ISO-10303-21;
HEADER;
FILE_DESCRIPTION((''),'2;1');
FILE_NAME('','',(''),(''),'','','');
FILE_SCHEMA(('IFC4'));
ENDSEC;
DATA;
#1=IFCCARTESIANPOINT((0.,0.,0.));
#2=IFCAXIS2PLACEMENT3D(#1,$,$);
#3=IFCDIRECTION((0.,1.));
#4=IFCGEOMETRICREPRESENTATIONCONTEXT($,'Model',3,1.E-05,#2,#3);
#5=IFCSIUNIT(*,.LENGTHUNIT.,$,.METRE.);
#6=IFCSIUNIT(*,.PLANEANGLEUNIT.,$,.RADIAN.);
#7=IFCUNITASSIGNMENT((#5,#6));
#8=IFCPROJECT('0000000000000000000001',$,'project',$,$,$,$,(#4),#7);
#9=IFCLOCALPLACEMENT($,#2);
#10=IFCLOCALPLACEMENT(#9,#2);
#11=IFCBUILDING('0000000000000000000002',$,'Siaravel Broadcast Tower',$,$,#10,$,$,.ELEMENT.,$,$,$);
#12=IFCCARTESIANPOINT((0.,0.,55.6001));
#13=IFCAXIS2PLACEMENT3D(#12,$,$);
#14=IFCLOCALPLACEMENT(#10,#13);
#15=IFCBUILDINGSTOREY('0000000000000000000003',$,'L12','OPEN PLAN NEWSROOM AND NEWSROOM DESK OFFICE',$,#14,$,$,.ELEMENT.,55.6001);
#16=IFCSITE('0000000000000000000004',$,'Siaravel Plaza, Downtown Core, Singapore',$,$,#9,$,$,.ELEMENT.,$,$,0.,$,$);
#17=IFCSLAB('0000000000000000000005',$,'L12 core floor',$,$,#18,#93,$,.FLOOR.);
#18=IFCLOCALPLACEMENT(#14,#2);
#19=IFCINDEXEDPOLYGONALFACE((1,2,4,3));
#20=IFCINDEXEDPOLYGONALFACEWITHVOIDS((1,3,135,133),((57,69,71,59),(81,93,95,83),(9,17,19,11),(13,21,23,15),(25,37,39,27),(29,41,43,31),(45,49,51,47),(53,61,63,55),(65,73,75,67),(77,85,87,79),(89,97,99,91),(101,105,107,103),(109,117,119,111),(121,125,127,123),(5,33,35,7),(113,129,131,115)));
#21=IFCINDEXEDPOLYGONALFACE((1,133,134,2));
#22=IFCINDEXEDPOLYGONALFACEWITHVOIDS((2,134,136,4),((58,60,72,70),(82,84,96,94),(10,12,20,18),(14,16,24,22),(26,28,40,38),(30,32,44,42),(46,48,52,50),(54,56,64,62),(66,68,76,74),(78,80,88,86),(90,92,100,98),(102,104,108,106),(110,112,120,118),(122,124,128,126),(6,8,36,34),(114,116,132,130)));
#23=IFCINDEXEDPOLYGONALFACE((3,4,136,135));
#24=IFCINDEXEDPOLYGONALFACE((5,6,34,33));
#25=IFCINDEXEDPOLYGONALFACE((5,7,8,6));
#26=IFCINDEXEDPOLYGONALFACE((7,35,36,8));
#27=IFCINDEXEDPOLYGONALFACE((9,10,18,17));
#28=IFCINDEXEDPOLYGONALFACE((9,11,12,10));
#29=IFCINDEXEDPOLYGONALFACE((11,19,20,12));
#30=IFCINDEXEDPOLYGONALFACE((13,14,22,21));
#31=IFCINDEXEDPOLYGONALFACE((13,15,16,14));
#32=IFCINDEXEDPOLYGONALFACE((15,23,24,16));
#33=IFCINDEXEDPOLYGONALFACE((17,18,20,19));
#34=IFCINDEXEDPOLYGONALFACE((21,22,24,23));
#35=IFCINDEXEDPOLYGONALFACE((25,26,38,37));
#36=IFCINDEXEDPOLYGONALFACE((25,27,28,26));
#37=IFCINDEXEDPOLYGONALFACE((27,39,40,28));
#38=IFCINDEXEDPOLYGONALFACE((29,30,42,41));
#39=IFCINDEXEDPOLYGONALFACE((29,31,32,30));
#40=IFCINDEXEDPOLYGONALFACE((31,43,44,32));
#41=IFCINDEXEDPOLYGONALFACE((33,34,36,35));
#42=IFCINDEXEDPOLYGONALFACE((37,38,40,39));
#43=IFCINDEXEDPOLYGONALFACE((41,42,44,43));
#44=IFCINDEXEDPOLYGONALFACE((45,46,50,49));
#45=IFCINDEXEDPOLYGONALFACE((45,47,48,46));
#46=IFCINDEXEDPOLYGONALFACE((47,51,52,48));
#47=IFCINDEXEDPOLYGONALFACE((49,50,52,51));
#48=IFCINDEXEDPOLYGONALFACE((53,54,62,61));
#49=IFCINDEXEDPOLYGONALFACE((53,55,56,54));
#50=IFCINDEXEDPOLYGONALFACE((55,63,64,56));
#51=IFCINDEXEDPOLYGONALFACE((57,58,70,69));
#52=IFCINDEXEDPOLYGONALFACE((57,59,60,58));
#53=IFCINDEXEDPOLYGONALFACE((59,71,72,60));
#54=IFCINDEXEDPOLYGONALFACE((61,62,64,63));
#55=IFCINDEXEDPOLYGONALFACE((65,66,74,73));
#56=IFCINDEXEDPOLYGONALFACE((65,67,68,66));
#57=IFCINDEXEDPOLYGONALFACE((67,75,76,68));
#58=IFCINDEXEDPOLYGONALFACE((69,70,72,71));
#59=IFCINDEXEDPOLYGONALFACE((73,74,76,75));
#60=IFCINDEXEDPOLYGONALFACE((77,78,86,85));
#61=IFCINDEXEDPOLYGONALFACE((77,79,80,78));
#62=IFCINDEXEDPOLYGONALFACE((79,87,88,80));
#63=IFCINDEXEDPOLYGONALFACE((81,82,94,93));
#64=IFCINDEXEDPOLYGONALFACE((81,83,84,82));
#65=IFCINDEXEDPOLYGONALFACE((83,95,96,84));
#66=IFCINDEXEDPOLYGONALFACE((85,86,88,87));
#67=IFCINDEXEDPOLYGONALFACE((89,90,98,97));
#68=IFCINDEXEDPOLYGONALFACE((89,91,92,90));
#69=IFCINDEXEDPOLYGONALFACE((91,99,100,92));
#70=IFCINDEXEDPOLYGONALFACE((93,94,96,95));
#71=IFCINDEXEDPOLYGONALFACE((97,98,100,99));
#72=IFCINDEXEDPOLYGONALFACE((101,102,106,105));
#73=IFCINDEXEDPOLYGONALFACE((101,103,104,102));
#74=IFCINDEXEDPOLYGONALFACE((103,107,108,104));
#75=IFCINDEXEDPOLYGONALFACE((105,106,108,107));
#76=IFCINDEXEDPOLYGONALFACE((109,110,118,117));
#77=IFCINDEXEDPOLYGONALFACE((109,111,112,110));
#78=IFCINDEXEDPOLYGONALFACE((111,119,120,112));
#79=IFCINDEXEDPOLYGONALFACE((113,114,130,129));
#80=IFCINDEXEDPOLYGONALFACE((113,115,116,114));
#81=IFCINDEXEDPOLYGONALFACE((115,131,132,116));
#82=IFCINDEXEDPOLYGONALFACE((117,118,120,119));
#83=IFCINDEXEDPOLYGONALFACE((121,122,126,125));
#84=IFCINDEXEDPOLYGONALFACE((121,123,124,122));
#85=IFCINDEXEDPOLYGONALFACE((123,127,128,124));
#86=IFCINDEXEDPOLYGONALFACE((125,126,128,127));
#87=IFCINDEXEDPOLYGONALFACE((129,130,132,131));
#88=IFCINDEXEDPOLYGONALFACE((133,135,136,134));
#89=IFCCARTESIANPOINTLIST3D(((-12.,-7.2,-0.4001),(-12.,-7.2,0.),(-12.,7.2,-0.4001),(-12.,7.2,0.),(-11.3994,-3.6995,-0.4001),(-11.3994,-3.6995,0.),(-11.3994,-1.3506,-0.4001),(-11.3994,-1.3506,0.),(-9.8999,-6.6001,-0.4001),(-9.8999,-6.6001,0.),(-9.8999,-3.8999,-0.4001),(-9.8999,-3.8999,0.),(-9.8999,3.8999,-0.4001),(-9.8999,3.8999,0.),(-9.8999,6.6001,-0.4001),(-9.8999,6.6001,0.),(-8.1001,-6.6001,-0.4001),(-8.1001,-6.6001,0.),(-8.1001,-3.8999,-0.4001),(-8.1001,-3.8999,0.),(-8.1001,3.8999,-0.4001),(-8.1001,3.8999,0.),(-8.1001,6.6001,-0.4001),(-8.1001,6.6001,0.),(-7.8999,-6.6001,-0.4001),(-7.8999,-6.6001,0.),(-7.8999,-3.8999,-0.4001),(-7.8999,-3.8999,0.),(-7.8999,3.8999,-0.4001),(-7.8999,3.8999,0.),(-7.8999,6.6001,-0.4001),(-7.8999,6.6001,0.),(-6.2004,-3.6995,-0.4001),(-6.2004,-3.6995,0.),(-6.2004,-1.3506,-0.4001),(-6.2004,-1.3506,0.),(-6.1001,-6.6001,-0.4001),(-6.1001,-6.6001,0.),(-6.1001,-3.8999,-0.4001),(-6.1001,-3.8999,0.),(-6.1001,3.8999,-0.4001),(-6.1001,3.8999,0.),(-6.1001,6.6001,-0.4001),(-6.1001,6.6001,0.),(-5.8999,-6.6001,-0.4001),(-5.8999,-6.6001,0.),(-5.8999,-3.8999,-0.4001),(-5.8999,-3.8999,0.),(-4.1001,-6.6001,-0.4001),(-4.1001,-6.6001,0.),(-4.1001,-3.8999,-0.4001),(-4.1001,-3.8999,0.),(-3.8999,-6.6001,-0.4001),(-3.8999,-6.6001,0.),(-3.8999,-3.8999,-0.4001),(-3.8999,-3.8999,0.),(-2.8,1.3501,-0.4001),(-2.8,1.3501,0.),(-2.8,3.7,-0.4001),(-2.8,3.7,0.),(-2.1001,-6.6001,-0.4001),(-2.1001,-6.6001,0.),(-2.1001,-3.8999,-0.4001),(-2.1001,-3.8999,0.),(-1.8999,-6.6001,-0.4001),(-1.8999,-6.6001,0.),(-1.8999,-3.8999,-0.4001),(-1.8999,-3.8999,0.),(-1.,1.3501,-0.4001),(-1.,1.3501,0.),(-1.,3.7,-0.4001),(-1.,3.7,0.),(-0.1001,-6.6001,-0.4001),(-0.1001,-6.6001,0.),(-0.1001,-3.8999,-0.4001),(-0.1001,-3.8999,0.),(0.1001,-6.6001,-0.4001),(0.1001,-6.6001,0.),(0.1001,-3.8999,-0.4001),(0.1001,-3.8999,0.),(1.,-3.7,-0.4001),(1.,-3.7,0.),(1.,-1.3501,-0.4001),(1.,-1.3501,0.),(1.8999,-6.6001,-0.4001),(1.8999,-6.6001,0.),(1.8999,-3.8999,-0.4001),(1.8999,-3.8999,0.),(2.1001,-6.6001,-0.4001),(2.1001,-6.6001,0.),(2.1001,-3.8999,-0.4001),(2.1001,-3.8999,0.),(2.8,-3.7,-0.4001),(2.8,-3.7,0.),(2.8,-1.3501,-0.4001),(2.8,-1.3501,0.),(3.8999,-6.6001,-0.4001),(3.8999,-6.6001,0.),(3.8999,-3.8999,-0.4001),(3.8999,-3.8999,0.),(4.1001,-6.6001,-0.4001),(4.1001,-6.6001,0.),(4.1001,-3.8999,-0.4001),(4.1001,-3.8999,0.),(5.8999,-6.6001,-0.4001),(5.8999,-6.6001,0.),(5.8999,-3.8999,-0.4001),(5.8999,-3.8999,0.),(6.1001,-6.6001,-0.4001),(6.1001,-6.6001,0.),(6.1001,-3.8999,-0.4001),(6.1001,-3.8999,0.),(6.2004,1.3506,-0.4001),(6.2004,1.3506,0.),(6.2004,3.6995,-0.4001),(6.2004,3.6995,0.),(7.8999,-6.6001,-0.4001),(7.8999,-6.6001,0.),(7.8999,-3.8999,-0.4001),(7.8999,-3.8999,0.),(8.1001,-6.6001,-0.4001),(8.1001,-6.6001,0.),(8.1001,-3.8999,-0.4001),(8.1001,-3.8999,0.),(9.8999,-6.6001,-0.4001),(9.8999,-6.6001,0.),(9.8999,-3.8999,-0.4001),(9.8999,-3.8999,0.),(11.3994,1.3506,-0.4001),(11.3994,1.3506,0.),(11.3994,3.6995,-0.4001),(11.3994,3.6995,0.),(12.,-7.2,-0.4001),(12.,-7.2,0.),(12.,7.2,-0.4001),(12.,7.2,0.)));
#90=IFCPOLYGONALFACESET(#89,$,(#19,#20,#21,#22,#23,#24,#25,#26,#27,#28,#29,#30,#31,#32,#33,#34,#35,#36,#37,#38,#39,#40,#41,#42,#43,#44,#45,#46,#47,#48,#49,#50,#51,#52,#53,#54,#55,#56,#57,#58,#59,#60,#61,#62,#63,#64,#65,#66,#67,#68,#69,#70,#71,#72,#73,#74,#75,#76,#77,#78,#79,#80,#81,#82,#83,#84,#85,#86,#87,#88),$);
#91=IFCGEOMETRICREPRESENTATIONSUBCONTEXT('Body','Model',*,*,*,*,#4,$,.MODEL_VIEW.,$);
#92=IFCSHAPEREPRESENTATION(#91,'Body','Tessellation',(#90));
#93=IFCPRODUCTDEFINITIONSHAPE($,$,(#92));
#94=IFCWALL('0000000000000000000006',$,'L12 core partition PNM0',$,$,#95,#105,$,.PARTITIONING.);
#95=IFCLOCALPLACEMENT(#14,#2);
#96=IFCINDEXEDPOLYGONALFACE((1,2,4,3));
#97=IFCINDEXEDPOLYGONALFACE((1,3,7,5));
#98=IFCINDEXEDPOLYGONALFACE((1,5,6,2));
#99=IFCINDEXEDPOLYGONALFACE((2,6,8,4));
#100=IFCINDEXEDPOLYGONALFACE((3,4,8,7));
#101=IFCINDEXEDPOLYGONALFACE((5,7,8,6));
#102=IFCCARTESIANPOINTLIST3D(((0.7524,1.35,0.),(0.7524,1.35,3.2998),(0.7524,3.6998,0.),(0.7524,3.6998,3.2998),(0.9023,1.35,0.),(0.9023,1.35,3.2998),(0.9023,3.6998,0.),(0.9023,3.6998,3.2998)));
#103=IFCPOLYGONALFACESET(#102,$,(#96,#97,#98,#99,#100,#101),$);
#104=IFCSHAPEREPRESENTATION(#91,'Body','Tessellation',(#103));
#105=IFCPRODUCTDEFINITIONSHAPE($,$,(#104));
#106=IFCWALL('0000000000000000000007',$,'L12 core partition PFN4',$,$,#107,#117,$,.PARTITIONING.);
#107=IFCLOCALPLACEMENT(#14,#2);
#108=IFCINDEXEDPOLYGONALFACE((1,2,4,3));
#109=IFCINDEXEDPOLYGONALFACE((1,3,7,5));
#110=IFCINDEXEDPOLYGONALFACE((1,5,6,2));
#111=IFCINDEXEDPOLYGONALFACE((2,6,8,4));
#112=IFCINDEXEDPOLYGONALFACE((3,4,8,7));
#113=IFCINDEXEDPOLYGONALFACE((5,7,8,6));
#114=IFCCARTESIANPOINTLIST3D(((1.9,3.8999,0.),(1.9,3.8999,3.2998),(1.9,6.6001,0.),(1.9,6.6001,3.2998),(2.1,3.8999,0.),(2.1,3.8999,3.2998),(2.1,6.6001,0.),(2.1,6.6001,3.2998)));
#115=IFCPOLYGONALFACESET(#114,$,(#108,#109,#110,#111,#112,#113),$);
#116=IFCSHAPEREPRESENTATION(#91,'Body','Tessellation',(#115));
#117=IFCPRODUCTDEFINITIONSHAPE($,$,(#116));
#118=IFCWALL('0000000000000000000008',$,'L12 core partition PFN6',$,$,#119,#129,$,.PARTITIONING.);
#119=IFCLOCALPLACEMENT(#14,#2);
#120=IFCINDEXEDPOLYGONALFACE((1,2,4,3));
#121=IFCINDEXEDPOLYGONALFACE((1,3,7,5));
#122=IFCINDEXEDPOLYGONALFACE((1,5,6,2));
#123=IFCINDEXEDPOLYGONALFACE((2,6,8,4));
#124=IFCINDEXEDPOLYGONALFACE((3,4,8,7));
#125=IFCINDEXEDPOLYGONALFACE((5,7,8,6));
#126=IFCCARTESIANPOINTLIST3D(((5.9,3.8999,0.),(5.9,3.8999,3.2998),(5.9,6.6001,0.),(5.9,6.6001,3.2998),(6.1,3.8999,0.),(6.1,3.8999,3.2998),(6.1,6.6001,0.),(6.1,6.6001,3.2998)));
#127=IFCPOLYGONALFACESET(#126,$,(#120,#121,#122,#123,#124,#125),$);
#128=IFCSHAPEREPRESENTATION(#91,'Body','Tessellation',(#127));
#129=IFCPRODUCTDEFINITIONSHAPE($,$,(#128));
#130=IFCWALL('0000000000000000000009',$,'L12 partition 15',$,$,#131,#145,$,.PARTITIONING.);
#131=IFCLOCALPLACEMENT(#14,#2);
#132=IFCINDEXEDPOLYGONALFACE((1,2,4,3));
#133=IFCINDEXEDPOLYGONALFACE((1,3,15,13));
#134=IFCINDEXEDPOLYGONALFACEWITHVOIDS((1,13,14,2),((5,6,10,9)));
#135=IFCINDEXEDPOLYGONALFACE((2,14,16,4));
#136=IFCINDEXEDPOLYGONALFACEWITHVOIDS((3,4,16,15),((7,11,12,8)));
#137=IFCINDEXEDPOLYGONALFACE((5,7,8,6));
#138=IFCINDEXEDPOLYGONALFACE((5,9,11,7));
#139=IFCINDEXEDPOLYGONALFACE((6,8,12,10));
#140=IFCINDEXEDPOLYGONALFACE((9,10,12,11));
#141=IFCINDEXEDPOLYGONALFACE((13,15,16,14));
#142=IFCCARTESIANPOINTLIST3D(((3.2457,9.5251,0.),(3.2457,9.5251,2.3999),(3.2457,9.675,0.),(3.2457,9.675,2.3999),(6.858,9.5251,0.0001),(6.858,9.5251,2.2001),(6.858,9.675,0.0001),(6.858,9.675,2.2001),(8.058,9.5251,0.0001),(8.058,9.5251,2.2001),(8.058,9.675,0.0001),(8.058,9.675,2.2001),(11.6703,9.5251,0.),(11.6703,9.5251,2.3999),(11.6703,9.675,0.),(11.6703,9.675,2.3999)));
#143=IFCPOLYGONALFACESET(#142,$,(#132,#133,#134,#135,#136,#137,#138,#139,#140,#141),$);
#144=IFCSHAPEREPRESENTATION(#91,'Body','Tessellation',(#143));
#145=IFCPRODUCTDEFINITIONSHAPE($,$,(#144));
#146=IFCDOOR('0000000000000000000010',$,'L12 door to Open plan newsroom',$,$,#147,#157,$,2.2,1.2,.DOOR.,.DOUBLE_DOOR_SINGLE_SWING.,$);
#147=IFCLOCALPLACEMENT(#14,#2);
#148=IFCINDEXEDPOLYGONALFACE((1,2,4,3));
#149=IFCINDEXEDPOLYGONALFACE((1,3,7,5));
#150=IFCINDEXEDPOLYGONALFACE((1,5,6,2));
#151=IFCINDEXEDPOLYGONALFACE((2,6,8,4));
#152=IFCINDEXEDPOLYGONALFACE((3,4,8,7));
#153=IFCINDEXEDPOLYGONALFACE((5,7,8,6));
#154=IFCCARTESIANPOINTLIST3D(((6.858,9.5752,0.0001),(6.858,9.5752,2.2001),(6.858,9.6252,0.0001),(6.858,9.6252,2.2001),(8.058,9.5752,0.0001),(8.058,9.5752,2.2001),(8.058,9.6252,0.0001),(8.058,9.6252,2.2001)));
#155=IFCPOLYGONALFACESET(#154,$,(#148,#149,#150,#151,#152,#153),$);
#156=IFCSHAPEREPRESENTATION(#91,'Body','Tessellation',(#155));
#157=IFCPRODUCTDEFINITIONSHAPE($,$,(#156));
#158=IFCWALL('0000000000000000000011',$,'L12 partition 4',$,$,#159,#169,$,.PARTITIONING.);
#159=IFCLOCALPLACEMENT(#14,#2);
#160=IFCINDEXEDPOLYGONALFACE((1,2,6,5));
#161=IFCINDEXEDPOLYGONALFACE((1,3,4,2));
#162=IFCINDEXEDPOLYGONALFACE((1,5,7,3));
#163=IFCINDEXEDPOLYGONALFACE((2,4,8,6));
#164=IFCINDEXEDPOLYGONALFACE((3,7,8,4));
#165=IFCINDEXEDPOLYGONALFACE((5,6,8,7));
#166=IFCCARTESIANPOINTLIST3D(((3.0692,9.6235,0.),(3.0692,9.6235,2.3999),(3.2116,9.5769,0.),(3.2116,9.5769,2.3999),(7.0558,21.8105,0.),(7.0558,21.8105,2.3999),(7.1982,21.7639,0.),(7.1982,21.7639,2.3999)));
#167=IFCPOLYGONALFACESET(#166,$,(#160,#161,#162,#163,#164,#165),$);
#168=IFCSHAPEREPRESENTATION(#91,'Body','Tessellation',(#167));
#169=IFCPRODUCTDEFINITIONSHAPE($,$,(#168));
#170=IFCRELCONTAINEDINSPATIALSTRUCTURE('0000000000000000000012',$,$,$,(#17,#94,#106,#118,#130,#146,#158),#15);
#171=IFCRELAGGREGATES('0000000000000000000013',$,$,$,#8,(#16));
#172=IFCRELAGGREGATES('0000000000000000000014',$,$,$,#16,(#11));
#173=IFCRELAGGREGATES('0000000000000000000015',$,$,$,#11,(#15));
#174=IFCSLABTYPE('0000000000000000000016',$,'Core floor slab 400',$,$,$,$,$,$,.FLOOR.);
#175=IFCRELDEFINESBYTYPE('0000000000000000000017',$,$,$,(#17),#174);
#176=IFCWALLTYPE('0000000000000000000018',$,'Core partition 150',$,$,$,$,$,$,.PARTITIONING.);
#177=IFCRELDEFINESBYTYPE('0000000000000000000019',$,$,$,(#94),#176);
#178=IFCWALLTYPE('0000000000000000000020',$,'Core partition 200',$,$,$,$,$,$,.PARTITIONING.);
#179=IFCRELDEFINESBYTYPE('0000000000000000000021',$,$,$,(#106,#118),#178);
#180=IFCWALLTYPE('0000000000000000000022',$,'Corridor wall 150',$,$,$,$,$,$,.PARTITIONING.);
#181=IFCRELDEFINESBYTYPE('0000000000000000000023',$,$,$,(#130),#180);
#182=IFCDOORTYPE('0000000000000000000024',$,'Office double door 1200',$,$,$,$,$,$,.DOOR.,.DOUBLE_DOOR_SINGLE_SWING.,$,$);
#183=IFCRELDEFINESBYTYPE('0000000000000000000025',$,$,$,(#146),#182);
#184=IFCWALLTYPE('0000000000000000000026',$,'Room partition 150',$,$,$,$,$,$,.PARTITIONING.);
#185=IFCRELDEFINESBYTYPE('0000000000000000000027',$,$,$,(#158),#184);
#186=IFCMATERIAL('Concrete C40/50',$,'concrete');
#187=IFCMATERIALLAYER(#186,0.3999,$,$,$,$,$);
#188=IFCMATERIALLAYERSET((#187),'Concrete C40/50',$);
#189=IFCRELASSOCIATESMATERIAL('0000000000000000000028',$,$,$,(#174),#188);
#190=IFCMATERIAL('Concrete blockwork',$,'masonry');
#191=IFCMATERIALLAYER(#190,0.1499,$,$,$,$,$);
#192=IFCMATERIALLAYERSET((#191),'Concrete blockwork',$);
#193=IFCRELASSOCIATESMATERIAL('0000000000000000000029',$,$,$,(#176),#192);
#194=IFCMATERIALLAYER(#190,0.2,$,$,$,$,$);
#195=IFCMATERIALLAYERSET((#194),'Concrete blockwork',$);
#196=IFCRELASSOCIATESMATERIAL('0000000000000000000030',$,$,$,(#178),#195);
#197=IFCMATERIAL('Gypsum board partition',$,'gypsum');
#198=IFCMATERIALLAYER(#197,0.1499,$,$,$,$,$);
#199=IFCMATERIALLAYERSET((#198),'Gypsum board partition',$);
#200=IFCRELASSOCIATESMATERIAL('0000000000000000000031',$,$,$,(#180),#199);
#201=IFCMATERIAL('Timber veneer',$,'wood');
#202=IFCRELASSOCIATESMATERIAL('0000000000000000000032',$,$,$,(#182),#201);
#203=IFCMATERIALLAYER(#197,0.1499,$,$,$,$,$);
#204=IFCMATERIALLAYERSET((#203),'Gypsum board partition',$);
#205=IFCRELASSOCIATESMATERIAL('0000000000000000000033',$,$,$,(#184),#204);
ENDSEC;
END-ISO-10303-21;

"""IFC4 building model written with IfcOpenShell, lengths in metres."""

from ifc_helpers import new_model, si_unit, direction, frame, frame_2d, origin, place, context, subcontext, project, spatial, polyline, rectangle, outline, extrude, material, layer, layer_set, type_object, element, fill, save


model = new_model("IFC4")

# Units and contexts
model_context = context("Model", 3, precision=1e-05, world=origin(), true_north=direction((0.0, 1.0)))
body_context = subcontext(model_context, "Body", "Model", "MODEL_VIEW")
ifc_project = project(units=[si_unit("LENGTHUNIT", "METRE"), si_unit("PLANEANGLEUNIT", "RADIAN")], contexts=[model_context])

# Site, building, storey
site_placement = place(None, origin())
site = spatial("IfcSite", under=ifc_project, at=site_placement, Name="Siaravel Plaza, Downtown Core, Singapore", CompositionType="ELEMENT", RefElevation=0.0)
building_placement = place(site_placement, origin())
building = spatial("IfcBuilding", under=site, at=building_placement, Name="Siaravel Broadcast Tower", CompositionType="ELEMENT")
storey_placement = place(building_placement, frame((0.0, 0.0, 55.6001)))
storey = spatial("IfcBuildingStorey", under=building, at=storey_placement, Name="L12", Description="OPEN PLAN NEWSROOM AND NEWSROOM DESK OFFICE", CompositionType="ELEMENT", Elevation=55.6001)

# Slab
ifc_material_1 = material(Name="Concrete C40/50", Category="concrete")
ifc_layer_1 = layer(ifc_material_1, 0.3999)
ifc_layer_set_1 = layer_set([ifc_layer_1], Name="Concrete C40/50")
slab_type = type_object("IfcSlabType", Name="Core floor slab 400", PredefinedType="FLOOR", material=ifc_layer_set_1)
slab_placement = place(storey_placement, frame((0.0, 0.0, -0.4001)))
element("IfcSlab", 1, at=slab_placement, inside=storey, type_object=slab_type, Name="L12 core floor", PredefinedType="FLOOR", context=body_context, shape_type="SweptSolid", body=[
    extrude(outline(polyline([(-12.0, -7.2), (-12.0, 7.2), (12.0, 7.2), (12.0, -7.2), (-12.0, -7.2)]), holes=[polyline([(11.3994, 1.3506), (11.3994, 3.6995), (6.2004, 3.6995), (6.2004, 1.3506), (11.3994, 1.3506)]), polyline([(9.8999, -3.8999), (8.1001, -3.8999), (8.1001, -6.6001), (9.8999, -6.6001), (9.8999, -3.8999)]), polyline([(7.8999, -3.8999), (6.1001, -3.8999), (6.1001, -6.6001), (7.8999, -6.6001), (7.8999, -3.8999)]), polyline([(5.8999, -3.8999), (4.1001, -3.8999), (4.1001, -6.6001), (5.8999, -6.6001), (5.8999, -3.8999)]), polyline([(3.8999, -3.8999), (2.1001, -3.8999), (2.1001, -6.6001), (3.8999, -6.6001), (3.8999, -3.8999)]), polyline([(2.8, -1.3501), (1.0, -1.3501), (1.0, -3.7), (2.8, -3.7), (2.8, -1.3501)]), polyline([(1.8999, -3.8999), (0.1001, -3.8999), (0.1001, -6.6001), (1.8999, -6.6001), (1.8999, -3.8999)]), polyline([(-0.1001, -3.8999), (-1.8999, -3.8999), (-1.8999, -6.6001), (-0.1001, -6.6001), (-0.1001, -3.8999)]), polyline([(-1.0, 3.7), (-2.8, 3.7), (-2.8, 1.3501), (-1.0, 1.3501), (-1.0, 3.7)]), polyline([(-2.1001, -3.8999), (-3.8999, -3.8999), (-3.8999, -6.6001), (-2.1001, -6.6001), (-2.1001, -3.8999)]), polyline([(-4.1001, -3.8999), (-5.8999, -3.8999), (-5.8999, -6.6001), (-4.1001, -6.6001), (-4.1001, -3.8999)]), polyline([(-6.1001, -3.8999), (-7.8999, -3.8999), (-7.8999, -6.6001), (-6.1001, -6.6001), (-6.1001, -3.8999)]), polyline([(-6.1001, 6.6001), (-7.8999, 6.6001), (-7.8999, 3.8999), (-6.1001, 3.8999), (-6.1001, 6.6001)]), polyline([(-11.3994, -1.3506), (-11.3994, -3.6995), (-6.2004, -3.6995), (-6.2004, -1.3506), (-11.3994, -1.3506)]), polyline([(-8.1001, -3.8999), (-9.8999, -3.8999), (-9.8999, -6.6001), (-8.1001, -6.6001), (-8.1001, -3.8999)]), polyline([(-8.1001, 6.6001), (-9.8999, 6.6001), (-9.8999, 3.8999), (-8.1001, 3.8999), (-8.1001, 6.6001)])]), origin(), (0.0, 0.0, 1.0), 0.4001),
])

# Walls
ifc_material_2 = material(Name="Concrete blockwork", Category="masonry")
ifc_layer_2 = layer(ifc_material_2, 0.1499)
ifc_layer_set_2 = layer_set([ifc_layer_2], Name="Concrete blockwork")
wall_type_1 = type_object("IfcWallType", Name="Core partition 150", PredefinedType="PARTITIONING", material=ifc_layer_set_2)
wall_1_placement = place(storey_placement, frame((0.8274, 1.3501, 0.0), z_axis=(0.0, 0.0, 1.0), x_axis=(0.0, 1.0, 0.0)))
element("IfcWall", 2, at=wall_1_placement, inside=storey, type_object=wall_type_1, Name="L12 core partition PNM0", PredefinedType="PARTITIONING", context=body_context, shape_type="SweptSolid", body=[
    extrude(rectangle(XDim=2.3499, YDim=0.1499, at=frame_2d((1.1748, 0.0))), origin(), (0.0, 0.0, 1.0), 3.2998),
])
ifc_layer_3 = layer(ifc_material_2, 0.2)
ifc_layer_set_3 = layer_set([ifc_layer_3], Name="Concrete blockwork")
wall_type_2 = type_object("IfcWallType", Name="Core partition 200", PredefinedType="PARTITIONING", material=ifc_layer_set_3)
for number, where, z_axis, x_axis, name in (
    (3, (2.0, 3.8999, 0.0), (0.0, 0.0, 1.0), (0.0, 1.0, 0.0), "L12 core partition PFN4"),
    (4, (6.0, 3.8999, 0.0), (0.0, 0.0, 1.0), (0.0, 1.0, 0.0), "L12 core partition PFN6"),
):
    element("IfcWall", number, at=place(storey_placement, frame(where, z_axis=z_axis, x_axis=x_axis)), inside=storey, type_object=wall_type_2, Name=name, PredefinedType="PARTITIONING", context=body_context, shape_type="SweptSolid", body=[
        extrude(rectangle(XDim=2.7002, YDim=0.2, at=frame_2d((1.3501, 0.0))), origin(), (0.0, 0.0, 1.0), 3.2998),
    ])

# Wall, opening, door
ifc_material_3 = material(Name="Gypsum board partition", Category="gypsum")
ifc_layer_4 = layer(ifc_material_3, 0.1499)
ifc_layer_set_4 = layer_set([ifc_layer_4], Name="Gypsum board partition")
wall_type_3 = type_object("IfcWallType", Name="Corridor wall 150", PredefinedType="PARTITIONING", material=ifc_layer_set_4)
wall_2_placement = place(storey_placement, frame((11.6704, 9.6001, 0.0), z_axis=(0.0, 0.0, 1.0), x_axis=(-1.0, 0.0, 0.0)))
wall_2 = element("IfcWall", 5, at=wall_2_placement, inside=storey, type_object=wall_type_3, Name="L12 partition 15", PredefinedType="PARTITIONING", context=body_context, shape_type="SweptSolid", body=[
    extrude(rectangle(XDim=8.4246, YDim=0.1499, at=frame_2d((4.2124, 0.0))), origin(), (0.0, 0.0, 1.0), 2.3999),
])
opening_1_placement = place(wall_2_placement, frame((3.6123, 0.0, 0.0)))
opening_1 = element("IfcOpeningElement", 6, at=opening_1_placement, cuts=wall_2, PredefinedType="OPENING", context=body_context, shape_type="SweptSolid", body=[
    extrude(rectangle(XDim=1.2, YDim=2.2, at=frame_2d((0.6001, 1.1001))), frame((0.0, 0.085, 0.0), z_axis=(0.0, -1.0, 0.0), x_axis=(1.0, 0.0, 0.0)), (0.0, 0.0, 1.0), 0.1699),
])
ifc_material_4 = material(Name="Timber veneer", Category="wood")
door_type_1 = type_object("IfcDoorType", Name="Office double door 1200", OperationType="DOUBLE_DOOR_SINGLE_SWING", PredefinedType="DOOR", material=ifc_material_4)
door_1_placement = place(opening_1_placement, origin())
door_1 = element("IfcDoor", 7, at=door_1_placement, inside=storey, type_object=door_type_1, Name="L12 door to Open plan newsroom", OperationType="DOUBLE_DOOR_SINGLE_SWING", OverallHeight=2.2, OverallWidth=1.2, PredefinedType="DOOR", context=body_context, shape_type="SweptSolid", body=[
    extrude(rectangle(XDim=1.2, YDim=2.2, at=frame_2d((0.6001, 1.1001))), frame((0.0, 0.0249, 0.0), z_axis=(0.0, -1.0, 0.0), x_axis=(1.0, 0.0, 0.0)), (0.0, 0.0, 1.0), 0.05),
])
fill(opening_1, door_1)

# Wall
ifc_layer_5 = layer(ifc_material_3, 0.1499)
ifc_layer_set_5 = layer_set([ifc_layer_5], Name="Gypsum board partition")
wall_type_4 = type_object("IfcWallType", Name="Room partition 150", PredefinedType="PARTITIONING", material=ifc_layer_set_5)
wall_3_placement = place(storey_placement, frame((7.127, 21.7871, 0.0), z_axis=(0.0, 0.0, 1.0), x_axis=(-0.310905, -0.950441, 0.0)))
element("IfcWall", 8, at=wall_3_placement, inside=storey, type_object=wall_type_4, Name="L12 partition 4", PredefinedType="PARTITIONING", context=body_context, shape_type="SweptSolid", body=[
    extrude(rectangle(XDim=12.8225, YDim=0.1499, at=frame_2d((6.4111, 0.0))), origin(), (0.0, 0.0, 1.0), 2.3999),
])

save(model, "model.ifc")
